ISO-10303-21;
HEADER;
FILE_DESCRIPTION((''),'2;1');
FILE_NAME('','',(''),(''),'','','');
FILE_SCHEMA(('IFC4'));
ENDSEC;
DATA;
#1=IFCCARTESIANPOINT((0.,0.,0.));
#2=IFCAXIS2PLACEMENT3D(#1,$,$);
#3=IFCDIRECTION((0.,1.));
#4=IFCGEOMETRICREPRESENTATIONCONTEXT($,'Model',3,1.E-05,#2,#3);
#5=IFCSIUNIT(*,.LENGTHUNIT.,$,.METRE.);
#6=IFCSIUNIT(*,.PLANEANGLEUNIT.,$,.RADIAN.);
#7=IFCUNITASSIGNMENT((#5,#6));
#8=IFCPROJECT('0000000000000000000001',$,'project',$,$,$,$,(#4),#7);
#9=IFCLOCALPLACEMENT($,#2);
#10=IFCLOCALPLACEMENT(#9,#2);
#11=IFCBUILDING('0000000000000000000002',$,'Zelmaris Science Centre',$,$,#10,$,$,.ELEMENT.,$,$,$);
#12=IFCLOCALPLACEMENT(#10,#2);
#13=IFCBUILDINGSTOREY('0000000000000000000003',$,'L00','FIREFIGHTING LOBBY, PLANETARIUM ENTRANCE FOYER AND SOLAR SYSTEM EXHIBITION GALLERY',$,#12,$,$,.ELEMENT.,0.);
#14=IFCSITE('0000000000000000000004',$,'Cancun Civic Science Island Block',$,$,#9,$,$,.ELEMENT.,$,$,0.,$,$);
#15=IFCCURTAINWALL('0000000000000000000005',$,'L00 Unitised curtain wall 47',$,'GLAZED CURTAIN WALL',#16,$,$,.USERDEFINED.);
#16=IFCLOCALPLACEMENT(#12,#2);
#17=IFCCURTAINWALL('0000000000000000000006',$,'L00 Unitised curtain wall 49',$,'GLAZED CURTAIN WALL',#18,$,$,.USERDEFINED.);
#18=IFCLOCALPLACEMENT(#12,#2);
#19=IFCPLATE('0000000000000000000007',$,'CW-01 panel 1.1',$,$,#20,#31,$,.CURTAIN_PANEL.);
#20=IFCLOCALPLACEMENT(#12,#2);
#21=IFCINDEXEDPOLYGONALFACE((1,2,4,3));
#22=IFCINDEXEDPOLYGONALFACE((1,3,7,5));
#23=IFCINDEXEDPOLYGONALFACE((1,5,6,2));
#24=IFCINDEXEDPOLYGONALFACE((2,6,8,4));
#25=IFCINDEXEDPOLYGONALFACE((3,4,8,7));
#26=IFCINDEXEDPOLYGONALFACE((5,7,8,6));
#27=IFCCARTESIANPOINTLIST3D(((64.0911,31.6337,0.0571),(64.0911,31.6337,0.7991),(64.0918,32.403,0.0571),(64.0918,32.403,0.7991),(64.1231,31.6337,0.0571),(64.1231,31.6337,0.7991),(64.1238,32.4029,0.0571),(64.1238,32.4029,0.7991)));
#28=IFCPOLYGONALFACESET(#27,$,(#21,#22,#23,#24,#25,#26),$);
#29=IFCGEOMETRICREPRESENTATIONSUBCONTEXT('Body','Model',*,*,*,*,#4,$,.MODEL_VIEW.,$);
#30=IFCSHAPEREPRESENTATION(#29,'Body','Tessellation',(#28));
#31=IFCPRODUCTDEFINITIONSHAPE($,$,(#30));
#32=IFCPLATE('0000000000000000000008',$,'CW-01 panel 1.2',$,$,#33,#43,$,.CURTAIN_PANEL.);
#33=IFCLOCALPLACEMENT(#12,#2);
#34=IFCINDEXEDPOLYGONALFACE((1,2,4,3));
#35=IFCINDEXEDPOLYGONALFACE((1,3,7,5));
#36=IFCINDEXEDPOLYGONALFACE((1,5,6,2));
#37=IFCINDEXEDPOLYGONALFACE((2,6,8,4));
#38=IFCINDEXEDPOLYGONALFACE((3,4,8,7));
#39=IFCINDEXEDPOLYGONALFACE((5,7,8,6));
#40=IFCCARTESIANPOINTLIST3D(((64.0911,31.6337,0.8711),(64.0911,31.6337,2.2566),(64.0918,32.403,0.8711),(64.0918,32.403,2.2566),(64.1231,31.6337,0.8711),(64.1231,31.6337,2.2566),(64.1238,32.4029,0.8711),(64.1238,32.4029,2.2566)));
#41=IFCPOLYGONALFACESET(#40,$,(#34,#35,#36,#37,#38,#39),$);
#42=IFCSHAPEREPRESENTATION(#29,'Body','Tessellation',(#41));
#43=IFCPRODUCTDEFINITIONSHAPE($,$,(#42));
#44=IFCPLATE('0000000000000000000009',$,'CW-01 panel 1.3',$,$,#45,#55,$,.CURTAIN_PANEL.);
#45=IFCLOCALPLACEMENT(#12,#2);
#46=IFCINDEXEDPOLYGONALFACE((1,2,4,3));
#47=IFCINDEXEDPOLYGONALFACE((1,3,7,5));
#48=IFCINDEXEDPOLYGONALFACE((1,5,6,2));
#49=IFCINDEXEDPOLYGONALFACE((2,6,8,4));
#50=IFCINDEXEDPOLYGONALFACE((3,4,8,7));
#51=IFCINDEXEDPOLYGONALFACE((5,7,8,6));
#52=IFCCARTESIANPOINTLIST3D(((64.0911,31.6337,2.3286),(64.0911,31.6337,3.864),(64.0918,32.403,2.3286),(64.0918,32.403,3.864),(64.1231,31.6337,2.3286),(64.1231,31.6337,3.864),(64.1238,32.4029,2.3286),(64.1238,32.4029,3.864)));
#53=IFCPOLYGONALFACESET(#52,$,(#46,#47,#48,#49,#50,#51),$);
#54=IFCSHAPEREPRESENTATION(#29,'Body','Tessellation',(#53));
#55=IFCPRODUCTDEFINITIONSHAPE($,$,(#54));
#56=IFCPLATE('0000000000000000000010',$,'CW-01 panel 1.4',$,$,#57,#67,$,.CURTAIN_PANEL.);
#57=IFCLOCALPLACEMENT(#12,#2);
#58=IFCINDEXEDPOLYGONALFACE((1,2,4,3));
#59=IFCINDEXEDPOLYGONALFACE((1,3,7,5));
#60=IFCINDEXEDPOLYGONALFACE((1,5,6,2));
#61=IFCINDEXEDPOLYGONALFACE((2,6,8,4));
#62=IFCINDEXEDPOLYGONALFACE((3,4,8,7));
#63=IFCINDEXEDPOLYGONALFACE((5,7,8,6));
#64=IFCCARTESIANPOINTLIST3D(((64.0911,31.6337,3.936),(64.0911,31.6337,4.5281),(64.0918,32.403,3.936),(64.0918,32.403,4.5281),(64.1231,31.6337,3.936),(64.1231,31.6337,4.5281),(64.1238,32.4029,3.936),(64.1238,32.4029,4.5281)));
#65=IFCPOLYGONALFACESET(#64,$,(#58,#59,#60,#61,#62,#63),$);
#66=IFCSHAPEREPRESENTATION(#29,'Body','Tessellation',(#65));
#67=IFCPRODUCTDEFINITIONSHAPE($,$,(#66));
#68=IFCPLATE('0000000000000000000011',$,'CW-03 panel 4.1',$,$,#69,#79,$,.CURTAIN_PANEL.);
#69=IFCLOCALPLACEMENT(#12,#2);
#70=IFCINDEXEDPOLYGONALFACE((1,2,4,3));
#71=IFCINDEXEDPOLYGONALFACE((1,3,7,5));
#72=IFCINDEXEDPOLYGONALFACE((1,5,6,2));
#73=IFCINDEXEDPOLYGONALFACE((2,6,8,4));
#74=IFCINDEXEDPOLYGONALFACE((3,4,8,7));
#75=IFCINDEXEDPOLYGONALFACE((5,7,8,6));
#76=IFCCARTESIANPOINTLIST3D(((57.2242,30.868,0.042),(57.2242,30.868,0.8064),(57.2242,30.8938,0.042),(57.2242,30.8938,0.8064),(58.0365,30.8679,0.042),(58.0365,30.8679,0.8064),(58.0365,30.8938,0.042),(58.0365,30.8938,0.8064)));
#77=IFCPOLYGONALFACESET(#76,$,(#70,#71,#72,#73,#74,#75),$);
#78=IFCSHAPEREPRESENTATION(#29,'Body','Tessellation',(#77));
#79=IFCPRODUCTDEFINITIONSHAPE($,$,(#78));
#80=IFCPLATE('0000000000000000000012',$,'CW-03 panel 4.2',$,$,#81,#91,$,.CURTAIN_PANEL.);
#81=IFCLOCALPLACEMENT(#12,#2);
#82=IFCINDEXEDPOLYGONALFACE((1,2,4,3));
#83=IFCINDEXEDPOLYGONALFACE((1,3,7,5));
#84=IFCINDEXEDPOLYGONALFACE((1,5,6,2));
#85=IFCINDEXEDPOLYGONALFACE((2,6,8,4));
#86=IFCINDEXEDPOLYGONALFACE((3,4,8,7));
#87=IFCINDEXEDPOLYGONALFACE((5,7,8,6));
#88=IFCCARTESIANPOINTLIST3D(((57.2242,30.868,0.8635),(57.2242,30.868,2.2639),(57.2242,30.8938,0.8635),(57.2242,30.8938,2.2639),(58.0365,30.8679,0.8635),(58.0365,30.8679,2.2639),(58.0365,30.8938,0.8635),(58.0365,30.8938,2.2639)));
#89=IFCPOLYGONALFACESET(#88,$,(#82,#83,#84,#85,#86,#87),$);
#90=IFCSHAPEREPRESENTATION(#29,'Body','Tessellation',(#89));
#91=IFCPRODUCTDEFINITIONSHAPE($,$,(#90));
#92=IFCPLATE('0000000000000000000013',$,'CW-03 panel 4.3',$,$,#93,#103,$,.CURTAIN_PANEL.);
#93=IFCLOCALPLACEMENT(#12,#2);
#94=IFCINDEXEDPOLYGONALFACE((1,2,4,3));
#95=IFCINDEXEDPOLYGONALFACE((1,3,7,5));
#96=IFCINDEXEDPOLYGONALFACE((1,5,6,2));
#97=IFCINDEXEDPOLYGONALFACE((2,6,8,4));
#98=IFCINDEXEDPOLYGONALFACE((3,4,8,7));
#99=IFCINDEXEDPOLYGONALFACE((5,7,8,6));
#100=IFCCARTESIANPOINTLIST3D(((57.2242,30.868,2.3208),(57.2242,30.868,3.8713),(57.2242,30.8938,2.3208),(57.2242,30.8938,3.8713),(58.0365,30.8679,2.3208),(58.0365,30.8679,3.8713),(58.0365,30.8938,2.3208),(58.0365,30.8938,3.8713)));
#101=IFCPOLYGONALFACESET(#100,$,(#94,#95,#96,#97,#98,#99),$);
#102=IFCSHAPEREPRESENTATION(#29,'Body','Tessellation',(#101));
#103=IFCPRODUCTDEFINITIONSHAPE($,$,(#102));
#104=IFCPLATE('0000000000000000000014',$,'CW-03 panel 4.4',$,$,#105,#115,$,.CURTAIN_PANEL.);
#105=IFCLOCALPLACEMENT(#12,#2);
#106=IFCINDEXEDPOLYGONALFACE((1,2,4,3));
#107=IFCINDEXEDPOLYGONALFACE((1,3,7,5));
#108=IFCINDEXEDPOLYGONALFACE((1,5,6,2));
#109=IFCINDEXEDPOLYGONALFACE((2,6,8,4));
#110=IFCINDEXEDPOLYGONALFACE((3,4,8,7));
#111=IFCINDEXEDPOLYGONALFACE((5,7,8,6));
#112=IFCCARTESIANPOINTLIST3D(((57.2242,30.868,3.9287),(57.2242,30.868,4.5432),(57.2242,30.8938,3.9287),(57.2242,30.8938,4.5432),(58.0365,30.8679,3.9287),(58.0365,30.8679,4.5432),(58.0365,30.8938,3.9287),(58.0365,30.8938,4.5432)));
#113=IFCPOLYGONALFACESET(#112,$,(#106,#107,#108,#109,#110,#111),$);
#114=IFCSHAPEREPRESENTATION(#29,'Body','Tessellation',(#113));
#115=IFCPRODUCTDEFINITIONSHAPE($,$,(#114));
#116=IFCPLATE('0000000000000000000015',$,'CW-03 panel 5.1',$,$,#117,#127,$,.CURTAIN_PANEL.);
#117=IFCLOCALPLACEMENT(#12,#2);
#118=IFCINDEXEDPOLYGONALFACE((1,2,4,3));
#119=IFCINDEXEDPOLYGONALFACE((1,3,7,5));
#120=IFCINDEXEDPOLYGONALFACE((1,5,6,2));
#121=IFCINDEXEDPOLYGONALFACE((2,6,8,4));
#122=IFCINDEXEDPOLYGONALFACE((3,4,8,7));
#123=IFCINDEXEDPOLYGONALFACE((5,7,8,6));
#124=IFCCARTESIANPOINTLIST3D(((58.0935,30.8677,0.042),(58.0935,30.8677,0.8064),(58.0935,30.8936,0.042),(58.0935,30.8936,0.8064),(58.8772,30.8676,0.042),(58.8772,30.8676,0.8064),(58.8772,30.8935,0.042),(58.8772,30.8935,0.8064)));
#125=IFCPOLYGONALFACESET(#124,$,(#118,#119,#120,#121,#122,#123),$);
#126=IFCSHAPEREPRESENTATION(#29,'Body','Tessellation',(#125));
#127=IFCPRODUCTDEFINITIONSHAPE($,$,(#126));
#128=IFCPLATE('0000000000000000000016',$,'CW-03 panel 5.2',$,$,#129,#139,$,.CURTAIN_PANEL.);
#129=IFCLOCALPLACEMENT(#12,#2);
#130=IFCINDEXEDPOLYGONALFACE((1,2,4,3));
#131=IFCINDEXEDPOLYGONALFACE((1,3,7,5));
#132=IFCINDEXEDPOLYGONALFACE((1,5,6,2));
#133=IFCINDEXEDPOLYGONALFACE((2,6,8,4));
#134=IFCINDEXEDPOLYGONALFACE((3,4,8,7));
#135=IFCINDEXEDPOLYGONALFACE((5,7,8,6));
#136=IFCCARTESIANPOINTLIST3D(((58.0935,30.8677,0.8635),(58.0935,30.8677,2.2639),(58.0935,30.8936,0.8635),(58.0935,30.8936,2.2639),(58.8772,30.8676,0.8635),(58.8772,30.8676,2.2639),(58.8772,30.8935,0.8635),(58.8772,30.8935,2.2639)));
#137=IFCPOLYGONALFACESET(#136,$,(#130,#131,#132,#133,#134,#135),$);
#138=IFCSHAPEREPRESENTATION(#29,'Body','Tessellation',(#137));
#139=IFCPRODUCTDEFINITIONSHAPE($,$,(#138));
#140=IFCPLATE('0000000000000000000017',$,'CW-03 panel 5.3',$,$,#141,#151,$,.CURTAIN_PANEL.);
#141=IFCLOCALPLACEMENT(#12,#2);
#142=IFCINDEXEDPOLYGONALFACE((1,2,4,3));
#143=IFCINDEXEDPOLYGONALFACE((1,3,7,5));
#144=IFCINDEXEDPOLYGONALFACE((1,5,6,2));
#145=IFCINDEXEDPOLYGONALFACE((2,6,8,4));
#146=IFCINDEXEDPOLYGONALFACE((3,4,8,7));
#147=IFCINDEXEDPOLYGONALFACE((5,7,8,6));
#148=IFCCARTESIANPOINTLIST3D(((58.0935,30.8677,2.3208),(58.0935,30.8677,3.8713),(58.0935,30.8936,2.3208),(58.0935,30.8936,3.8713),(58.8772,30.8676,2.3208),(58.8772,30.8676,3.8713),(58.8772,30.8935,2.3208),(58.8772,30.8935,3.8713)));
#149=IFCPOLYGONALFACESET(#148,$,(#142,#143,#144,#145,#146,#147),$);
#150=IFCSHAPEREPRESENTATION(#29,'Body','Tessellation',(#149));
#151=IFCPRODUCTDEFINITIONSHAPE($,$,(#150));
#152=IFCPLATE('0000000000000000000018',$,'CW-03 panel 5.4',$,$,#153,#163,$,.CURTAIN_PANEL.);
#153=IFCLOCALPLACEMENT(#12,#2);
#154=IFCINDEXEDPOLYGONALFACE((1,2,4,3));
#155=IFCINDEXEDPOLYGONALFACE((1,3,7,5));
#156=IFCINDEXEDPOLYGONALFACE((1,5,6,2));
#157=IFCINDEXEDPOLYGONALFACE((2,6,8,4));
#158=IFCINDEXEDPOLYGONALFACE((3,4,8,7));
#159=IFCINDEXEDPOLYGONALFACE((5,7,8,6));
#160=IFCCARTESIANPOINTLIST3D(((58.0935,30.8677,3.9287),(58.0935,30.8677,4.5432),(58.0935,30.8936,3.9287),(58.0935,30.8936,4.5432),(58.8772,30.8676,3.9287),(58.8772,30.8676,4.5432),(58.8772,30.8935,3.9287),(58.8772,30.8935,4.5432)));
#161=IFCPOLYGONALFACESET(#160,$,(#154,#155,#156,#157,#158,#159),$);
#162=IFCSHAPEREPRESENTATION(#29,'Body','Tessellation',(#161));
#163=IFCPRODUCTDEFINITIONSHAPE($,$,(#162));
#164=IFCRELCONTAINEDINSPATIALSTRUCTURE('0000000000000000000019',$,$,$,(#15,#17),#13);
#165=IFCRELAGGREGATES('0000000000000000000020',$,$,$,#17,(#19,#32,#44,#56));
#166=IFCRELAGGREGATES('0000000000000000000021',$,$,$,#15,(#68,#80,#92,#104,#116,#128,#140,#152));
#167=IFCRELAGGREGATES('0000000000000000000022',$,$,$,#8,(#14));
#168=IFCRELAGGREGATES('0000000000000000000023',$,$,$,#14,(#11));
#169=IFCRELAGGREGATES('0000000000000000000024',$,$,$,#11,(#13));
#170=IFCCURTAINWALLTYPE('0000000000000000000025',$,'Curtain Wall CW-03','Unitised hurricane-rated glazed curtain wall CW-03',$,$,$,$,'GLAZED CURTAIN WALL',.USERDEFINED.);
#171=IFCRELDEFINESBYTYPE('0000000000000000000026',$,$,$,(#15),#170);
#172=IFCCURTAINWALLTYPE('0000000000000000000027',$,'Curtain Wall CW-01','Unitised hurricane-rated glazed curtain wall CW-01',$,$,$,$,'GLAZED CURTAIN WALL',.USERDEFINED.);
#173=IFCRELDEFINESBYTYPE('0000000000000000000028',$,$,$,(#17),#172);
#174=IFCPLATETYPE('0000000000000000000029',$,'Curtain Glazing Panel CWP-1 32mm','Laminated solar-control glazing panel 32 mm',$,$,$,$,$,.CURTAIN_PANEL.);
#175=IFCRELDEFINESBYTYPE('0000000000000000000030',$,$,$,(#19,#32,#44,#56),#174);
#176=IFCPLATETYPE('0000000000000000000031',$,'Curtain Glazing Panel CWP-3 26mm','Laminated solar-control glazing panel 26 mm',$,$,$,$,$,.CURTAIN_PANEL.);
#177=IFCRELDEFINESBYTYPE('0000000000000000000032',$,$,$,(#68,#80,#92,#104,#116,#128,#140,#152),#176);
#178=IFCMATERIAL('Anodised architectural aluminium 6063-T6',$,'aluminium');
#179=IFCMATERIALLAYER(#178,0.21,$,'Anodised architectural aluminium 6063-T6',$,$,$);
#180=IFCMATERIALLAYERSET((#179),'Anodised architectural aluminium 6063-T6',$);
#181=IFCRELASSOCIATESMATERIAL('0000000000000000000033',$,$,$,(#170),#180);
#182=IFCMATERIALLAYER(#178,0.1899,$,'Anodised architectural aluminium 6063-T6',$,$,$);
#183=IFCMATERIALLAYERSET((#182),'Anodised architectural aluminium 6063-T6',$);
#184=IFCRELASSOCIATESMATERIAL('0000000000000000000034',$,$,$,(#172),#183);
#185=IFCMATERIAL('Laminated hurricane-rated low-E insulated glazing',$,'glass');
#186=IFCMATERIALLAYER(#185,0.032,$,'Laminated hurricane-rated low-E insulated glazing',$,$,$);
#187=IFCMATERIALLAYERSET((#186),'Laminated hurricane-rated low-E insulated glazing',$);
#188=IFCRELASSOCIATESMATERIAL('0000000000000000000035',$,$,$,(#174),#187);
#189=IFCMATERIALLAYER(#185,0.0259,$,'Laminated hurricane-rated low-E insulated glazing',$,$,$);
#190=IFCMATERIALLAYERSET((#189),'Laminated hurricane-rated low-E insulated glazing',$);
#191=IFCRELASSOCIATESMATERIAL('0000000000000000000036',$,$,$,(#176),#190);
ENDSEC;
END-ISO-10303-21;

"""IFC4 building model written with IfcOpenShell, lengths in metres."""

from ifc_helpers import new_model, si_unit, direction, frame, origin, origin_2d, place, context, subcontext, project, spatial, rectangle, extrude, material, layer, layer_set, type_object, element, aggregate, save


model = new_model("IFC4")

# Units and contexts
model_context = context("Model", 3, precision=1e-05, world=origin(), true_north=direction((0.0, 1.0)))
body_context = subcontext(model_context, "Body", "Model", "MODEL_VIEW")
ifc_project = project(units=[si_unit("LENGTHUNIT", "METRE"), si_unit("PLANEANGLEUNIT", "RADIAN")], contexts=[model_context])

# Site, building, storey
site_placement = place(None, origin())
site = spatial("IfcSite", under=ifc_project, at=site_placement, Name="Cancun Civic Science Island Block", CompositionType="ELEMENT", RefElevation=0.0)
building_placement = place(site_placement, origin())
building = spatial("IfcBuilding", under=site, at=building_placement, Name="Zelmaris Science Centre", CompositionType="ELEMENT")
storey_placement = place(building_placement, origin())
storey = spatial("IfcBuildingStorey", under=building, at=storey_placement, Name="L00", Description="FIREFIGHTING LOBBY, PLANETARIUM ENTRANCE FOYER AND SOLAR SYSTEM EXHIBITION GALLERY", CompositionType="ELEMENT", Elevation=0.0)

# Curtain wall
ifc_material_1 = material(Name="Anodised architectural aluminium 6063-T6", Category="aluminium")
ifc_layer_1 = layer(ifc_material_1, 0.21, Name="Anodised architectural aluminium 6063-T6")
ifc_layer_set_1 = layer_set([ifc_layer_1], Name="Anodised architectural aluminium 6063-T6")
curtain_wall_type_1 = type_object("IfcCurtainWallType", Name="Curtain Wall CW-03", Description="Unitised hurricane-rated glazed curtain wall CW-03", ElementType="GLAZED CURTAIN WALL", PredefinedType="USERDEFINED", material=ifc_layer_set_1)
curtain_wall_1_placement = place(storey_placement, origin())
curtain_wall_1 = element("IfcCurtainWall", 1, at=curtain_wall_1_placement, inside=storey, type_object=curtain_wall_type_1, Name="L00 Unitised curtain wall 47", ObjectType="GLAZED CURTAIN WALL", PredefinedType="USERDEFINED")

# Curtain wall
ifc_layer_2 = layer(ifc_material_1, 0.1899, Name="Anodised architectural aluminium 6063-T6")
ifc_layer_set_2 = layer_set([ifc_layer_2], Name="Anodised architectural aluminium 6063-T6")
curtain_wall_type_2 = type_object("IfcCurtainWallType", Name="Curtain Wall CW-01", Description="Unitised hurricane-rated glazed curtain wall CW-01", ElementType="GLAZED CURTAIN WALL", PredefinedType="USERDEFINED", material=ifc_layer_set_2)
curtain_wall_2_placement = place(storey_placement, origin())
curtain_wall_2 = element("IfcCurtainWall", 2, at=curtain_wall_2_placement, inside=storey, type_object=curtain_wall_type_2, Name="L00 Unitised curtain wall 49", ObjectType="GLAZED CURTAIN WALL", PredefinedType="USERDEFINED")

# Plates
ifc_material_2 = material(Name="Laminated hurricane-rated low-E insulated glazing", Category="glass")
ifc_layer_3 = layer(ifc_material_2, 0.032, Name="Laminated hurricane-rated low-E insulated glazing")
ifc_layer_set_3 = layer_set([ifc_layer_3], Name="Laminated hurricane-rated low-E insulated glazing")
plate_type_1 = type_object("IfcPlateType", Name="Curtain Glazing Panel CWP-1 32mm", Description="Laminated solar-control glazing panel 32 mm", PredefinedType="CURTAIN_PANEL", material=ifc_layer_set_3)
plate_1_placement = place(storey_placement, frame((64.1074, 32.0183, 0.0571), z_axis=(0.0, 0.0, 1.0), x_axis=(0.000935, 1.0, 0.0)))
plate_1 = element("IfcPlate", 3, at=plate_1_placement, type_object=plate_type_1, Name="CW-01 panel 1.1", PredefinedType="CURTAIN_PANEL", context=body_context, shape_type="SweptSolid", body=[
    extrude(rectangle(XDim=0.7693, YDim=0.032, at=origin_2d()), origin(), (0.0, 0.0, 1.0), 0.7419),
])
plate_2_placement = place(storey_placement, frame((64.1074, 32.0183, 0.8711), z_axis=(0.0, 0.0, 1.0), x_axis=(0.000935, 1.0, 0.0)))
plate_2 = element("IfcPlate", 4, at=plate_2_placement, type_object=plate_type_1, Name="CW-01 panel 1.2", PredefinedType="CURTAIN_PANEL", context=body_context, shape_type="SweptSolid", body=[
    extrude(rectangle(XDim=0.7693, YDim=0.032, at=origin_2d()), origin(), (0.0, 0.0, 1.0), 1.3855),
])
plate_3_placement = place(storey_placement, frame((64.1074, 32.0183, 2.3286), z_axis=(0.0, 0.0, 1.0), x_axis=(0.000935, 1.0, 0.0)))
plate_3 = element("IfcPlate", 5, at=plate_3_placement, type_object=plate_type_1, Name="CW-01 panel 1.3", PredefinedType="CURTAIN_PANEL", context=body_context, shape_type="SweptSolid", body=[
    extrude(rectangle(XDim=0.7693, YDim=0.032, at=origin_2d()), origin(), (0.0, 0.0, 1.0), 1.5354),
])
plate_4_placement = place(storey_placement, frame((64.1074, 32.0183, 3.936), z_axis=(0.0, 0.0, 1.0), x_axis=(0.000935, 1.0, 0.0)))
plate_4 = element("IfcPlate", 6, at=plate_4_placement, type_object=plate_type_1, Name="CW-01 panel 1.4", PredefinedType="CURTAIN_PANEL", context=body_context, shape_type="SweptSolid", body=[
    extrude(rectangle(XDim=0.7693, YDim=0.032, at=origin_2d()), origin(), (0.0, 0.0, 1.0), 0.592),
])
aggregate(curtain_wall_2, [plate_1, plate_2, plate_3, plate_4])
ifc_layer_4 = layer(ifc_material_2, 0.0259, Name="Laminated hurricane-rated low-E insulated glazing")
ifc_layer_set_4 = layer_set([ifc_layer_4], Name="Laminated hurricane-rated low-E insulated glazing")
plate_type_2 = type_object("IfcPlateType", Name="Curtain Glazing Panel CWP-3 26mm", Description="Laminated solar-control glazing panel 26 mm", PredefinedType="CURTAIN_PANEL", material=ifc_layer_set_4)
plate_5_placement = place(storey_placement, frame((57.6304, 30.8809, 0.042), z_axis=(0.0, 0.0, 1.0), x_axis=(1.0, -0.000115, 0.0)))
plate_5 = element("IfcPlate", 7, at=plate_5_placement, type_object=plate_type_2, Name="CW-03 panel 4.1", PredefinedType="CURTAIN_PANEL", context=body_context, shape_type="SweptSolid", body=[
    extrude(rectangle(XDim=0.8123, YDim=0.0259, at=origin_2d()), origin(), (0.0, 0.0, 1.0), 0.7644),
])
plate_6_placement = place(storey_placement, frame((57.6304, 30.8809, 0.8635), z_axis=(0.0, 0.0, 1.0), x_axis=(1.0, -0.000115, 0.0)))
plate_6 = element("IfcPlate", 8, at=plate_6_placement, type_object=plate_type_2, Name="CW-03 panel 4.2", PredefinedType="CURTAIN_PANEL", context=body_context, shape_type="SweptSolid", body=[
    extrude(rectangle(XDim=0.8123, YDim=0.0259, at=origin_2d()), origin(), (0.0, 0.0, 1.0), 1.4004),
])
plate_7_placement = place(storey_placement, frame((57.6304, 30.8809, 2.3208), z_axis=(0.0, 0.0, 1.0), x_axis=(1.0, -0.000115, 0.0)))
plate_7 = element("IfcPlate", 9, at=plate_7_placement, type_object=plate_type_2, Name="CW-03 panel 4.3", PredefinedType="CURTAIN_PANEL", context=body_context, shape_type="SweptSolid", body=[
    extrude(rectangle(XDim=0.8123, YDim=0.0259, at=origin_2d()), origin(), (0.0, 0.0, 1.0), 1.5505),
])
plate_8_placement = place(storey_placement, frame((57.6304, 30.8809, 3.9287), z_axis=(0.0, 0.0, 1.0), x_axis=(1.0, -0.000115, 0.0)))
plate_8 = element("IfcPlate", 10, at=plate_8_placement, type_object=plate_type_2, Name="CW-03 panel 4.4", PredefinedType="CURTAIN_PANEL", context=body_context, shape_type="SweptSolid", body=[
    extrude(rectangle(XDim=0.8123, YDim=0.0259, at=origin_2d()), origin(), (0.0, 0.0, 1.0), 0.6145),
])
plate_9_placement = place(storey_placement, frame((58.4854, 30.8806, 0.042), z_axis=(0.0, 0.0, 1.0), x_axis=(1.0, -0.000115, 0.0)))
plate_9 = element("IfcPlate", 11, at=plate_9_placement, type_object=plate_type_2, Name="CW-03 panel 5.1", PredefinedType="CURTAIN_PANEL", context=body_context, shape_type="SweptSolid", body=[
    extrude(rectangle(XDim=0.7837, YDim=0.0259, at=origin_2d()), origin(), (0.0, 0.0, 1.0), 0.7644),
])
plate_10_placement = place(storey_placement, frame((58.4854, 30.8806, 0.8635), z_axis=(0.0, 0.0, 1.0), x_axis=(1.0, -0.000115, 0.0)))
plate_10 = element("IfcPlate", 12, at=plate_10_placement, type_object=plate_type_2, Name="CW-03 panel 5.2", PredefinedType="CURTAIN_PANEL", context=body_context, shape_type="SweptSolid", body=[
    extrude(rectangle(XDim=0.7837, YDim=0.0259, at=origin_2d()), origin(), (0.0, 0.0, 1.0), 1.4004),
])
plate_11_placement = place(storey_placement, frame((58.4854, 30.8806, 2.3208), z_axis=(0.0, 0.0, 1.0), x_axis=(1.0, -0.000115, 0.0)))
plate_11 = element("IfcPlate", 13, at=plate_11_placement, type_object=plate_type_2, Name="CW-03 panel 5.3", PredefinedType="CURTAIN_PANEL", context=body_context, shape_type="SweptSolid", body=[
    extrude(rectangle(XDim=0.7837, YDim=0.0259, at=origin_2d()), origin(), (0.0, 0.0, 1.0), 1.5505),
])
plate_12_placement = place(storey_placement, frame((58.4854, 30.8806, 3.9287), z_axis=(0.0, 0.0, 1.0), x_axis=(1.0, -0.000115, 0.0)))
plate_12 = element("IfcPlate", 14, at=plate_12_placement, type_object=plate_type_2, Name="CW-03 panel 5.4", PredefinedType="CURTAIN_PANEL", context=body_context, shape_type="SweptSolid", body=[
    extrude(rectangle(XDim=0.7837, YDim=0.0259, at=origin_2d()), origin(), (0.0, 0.0, 1.0), 0.6145),
])
aggregate(curtain_wall_1, [plate_5, plate_6, plate_7, plate_8, plate_9, plate_10, plate_11, plate_12])

save(model, "model.ifc")
